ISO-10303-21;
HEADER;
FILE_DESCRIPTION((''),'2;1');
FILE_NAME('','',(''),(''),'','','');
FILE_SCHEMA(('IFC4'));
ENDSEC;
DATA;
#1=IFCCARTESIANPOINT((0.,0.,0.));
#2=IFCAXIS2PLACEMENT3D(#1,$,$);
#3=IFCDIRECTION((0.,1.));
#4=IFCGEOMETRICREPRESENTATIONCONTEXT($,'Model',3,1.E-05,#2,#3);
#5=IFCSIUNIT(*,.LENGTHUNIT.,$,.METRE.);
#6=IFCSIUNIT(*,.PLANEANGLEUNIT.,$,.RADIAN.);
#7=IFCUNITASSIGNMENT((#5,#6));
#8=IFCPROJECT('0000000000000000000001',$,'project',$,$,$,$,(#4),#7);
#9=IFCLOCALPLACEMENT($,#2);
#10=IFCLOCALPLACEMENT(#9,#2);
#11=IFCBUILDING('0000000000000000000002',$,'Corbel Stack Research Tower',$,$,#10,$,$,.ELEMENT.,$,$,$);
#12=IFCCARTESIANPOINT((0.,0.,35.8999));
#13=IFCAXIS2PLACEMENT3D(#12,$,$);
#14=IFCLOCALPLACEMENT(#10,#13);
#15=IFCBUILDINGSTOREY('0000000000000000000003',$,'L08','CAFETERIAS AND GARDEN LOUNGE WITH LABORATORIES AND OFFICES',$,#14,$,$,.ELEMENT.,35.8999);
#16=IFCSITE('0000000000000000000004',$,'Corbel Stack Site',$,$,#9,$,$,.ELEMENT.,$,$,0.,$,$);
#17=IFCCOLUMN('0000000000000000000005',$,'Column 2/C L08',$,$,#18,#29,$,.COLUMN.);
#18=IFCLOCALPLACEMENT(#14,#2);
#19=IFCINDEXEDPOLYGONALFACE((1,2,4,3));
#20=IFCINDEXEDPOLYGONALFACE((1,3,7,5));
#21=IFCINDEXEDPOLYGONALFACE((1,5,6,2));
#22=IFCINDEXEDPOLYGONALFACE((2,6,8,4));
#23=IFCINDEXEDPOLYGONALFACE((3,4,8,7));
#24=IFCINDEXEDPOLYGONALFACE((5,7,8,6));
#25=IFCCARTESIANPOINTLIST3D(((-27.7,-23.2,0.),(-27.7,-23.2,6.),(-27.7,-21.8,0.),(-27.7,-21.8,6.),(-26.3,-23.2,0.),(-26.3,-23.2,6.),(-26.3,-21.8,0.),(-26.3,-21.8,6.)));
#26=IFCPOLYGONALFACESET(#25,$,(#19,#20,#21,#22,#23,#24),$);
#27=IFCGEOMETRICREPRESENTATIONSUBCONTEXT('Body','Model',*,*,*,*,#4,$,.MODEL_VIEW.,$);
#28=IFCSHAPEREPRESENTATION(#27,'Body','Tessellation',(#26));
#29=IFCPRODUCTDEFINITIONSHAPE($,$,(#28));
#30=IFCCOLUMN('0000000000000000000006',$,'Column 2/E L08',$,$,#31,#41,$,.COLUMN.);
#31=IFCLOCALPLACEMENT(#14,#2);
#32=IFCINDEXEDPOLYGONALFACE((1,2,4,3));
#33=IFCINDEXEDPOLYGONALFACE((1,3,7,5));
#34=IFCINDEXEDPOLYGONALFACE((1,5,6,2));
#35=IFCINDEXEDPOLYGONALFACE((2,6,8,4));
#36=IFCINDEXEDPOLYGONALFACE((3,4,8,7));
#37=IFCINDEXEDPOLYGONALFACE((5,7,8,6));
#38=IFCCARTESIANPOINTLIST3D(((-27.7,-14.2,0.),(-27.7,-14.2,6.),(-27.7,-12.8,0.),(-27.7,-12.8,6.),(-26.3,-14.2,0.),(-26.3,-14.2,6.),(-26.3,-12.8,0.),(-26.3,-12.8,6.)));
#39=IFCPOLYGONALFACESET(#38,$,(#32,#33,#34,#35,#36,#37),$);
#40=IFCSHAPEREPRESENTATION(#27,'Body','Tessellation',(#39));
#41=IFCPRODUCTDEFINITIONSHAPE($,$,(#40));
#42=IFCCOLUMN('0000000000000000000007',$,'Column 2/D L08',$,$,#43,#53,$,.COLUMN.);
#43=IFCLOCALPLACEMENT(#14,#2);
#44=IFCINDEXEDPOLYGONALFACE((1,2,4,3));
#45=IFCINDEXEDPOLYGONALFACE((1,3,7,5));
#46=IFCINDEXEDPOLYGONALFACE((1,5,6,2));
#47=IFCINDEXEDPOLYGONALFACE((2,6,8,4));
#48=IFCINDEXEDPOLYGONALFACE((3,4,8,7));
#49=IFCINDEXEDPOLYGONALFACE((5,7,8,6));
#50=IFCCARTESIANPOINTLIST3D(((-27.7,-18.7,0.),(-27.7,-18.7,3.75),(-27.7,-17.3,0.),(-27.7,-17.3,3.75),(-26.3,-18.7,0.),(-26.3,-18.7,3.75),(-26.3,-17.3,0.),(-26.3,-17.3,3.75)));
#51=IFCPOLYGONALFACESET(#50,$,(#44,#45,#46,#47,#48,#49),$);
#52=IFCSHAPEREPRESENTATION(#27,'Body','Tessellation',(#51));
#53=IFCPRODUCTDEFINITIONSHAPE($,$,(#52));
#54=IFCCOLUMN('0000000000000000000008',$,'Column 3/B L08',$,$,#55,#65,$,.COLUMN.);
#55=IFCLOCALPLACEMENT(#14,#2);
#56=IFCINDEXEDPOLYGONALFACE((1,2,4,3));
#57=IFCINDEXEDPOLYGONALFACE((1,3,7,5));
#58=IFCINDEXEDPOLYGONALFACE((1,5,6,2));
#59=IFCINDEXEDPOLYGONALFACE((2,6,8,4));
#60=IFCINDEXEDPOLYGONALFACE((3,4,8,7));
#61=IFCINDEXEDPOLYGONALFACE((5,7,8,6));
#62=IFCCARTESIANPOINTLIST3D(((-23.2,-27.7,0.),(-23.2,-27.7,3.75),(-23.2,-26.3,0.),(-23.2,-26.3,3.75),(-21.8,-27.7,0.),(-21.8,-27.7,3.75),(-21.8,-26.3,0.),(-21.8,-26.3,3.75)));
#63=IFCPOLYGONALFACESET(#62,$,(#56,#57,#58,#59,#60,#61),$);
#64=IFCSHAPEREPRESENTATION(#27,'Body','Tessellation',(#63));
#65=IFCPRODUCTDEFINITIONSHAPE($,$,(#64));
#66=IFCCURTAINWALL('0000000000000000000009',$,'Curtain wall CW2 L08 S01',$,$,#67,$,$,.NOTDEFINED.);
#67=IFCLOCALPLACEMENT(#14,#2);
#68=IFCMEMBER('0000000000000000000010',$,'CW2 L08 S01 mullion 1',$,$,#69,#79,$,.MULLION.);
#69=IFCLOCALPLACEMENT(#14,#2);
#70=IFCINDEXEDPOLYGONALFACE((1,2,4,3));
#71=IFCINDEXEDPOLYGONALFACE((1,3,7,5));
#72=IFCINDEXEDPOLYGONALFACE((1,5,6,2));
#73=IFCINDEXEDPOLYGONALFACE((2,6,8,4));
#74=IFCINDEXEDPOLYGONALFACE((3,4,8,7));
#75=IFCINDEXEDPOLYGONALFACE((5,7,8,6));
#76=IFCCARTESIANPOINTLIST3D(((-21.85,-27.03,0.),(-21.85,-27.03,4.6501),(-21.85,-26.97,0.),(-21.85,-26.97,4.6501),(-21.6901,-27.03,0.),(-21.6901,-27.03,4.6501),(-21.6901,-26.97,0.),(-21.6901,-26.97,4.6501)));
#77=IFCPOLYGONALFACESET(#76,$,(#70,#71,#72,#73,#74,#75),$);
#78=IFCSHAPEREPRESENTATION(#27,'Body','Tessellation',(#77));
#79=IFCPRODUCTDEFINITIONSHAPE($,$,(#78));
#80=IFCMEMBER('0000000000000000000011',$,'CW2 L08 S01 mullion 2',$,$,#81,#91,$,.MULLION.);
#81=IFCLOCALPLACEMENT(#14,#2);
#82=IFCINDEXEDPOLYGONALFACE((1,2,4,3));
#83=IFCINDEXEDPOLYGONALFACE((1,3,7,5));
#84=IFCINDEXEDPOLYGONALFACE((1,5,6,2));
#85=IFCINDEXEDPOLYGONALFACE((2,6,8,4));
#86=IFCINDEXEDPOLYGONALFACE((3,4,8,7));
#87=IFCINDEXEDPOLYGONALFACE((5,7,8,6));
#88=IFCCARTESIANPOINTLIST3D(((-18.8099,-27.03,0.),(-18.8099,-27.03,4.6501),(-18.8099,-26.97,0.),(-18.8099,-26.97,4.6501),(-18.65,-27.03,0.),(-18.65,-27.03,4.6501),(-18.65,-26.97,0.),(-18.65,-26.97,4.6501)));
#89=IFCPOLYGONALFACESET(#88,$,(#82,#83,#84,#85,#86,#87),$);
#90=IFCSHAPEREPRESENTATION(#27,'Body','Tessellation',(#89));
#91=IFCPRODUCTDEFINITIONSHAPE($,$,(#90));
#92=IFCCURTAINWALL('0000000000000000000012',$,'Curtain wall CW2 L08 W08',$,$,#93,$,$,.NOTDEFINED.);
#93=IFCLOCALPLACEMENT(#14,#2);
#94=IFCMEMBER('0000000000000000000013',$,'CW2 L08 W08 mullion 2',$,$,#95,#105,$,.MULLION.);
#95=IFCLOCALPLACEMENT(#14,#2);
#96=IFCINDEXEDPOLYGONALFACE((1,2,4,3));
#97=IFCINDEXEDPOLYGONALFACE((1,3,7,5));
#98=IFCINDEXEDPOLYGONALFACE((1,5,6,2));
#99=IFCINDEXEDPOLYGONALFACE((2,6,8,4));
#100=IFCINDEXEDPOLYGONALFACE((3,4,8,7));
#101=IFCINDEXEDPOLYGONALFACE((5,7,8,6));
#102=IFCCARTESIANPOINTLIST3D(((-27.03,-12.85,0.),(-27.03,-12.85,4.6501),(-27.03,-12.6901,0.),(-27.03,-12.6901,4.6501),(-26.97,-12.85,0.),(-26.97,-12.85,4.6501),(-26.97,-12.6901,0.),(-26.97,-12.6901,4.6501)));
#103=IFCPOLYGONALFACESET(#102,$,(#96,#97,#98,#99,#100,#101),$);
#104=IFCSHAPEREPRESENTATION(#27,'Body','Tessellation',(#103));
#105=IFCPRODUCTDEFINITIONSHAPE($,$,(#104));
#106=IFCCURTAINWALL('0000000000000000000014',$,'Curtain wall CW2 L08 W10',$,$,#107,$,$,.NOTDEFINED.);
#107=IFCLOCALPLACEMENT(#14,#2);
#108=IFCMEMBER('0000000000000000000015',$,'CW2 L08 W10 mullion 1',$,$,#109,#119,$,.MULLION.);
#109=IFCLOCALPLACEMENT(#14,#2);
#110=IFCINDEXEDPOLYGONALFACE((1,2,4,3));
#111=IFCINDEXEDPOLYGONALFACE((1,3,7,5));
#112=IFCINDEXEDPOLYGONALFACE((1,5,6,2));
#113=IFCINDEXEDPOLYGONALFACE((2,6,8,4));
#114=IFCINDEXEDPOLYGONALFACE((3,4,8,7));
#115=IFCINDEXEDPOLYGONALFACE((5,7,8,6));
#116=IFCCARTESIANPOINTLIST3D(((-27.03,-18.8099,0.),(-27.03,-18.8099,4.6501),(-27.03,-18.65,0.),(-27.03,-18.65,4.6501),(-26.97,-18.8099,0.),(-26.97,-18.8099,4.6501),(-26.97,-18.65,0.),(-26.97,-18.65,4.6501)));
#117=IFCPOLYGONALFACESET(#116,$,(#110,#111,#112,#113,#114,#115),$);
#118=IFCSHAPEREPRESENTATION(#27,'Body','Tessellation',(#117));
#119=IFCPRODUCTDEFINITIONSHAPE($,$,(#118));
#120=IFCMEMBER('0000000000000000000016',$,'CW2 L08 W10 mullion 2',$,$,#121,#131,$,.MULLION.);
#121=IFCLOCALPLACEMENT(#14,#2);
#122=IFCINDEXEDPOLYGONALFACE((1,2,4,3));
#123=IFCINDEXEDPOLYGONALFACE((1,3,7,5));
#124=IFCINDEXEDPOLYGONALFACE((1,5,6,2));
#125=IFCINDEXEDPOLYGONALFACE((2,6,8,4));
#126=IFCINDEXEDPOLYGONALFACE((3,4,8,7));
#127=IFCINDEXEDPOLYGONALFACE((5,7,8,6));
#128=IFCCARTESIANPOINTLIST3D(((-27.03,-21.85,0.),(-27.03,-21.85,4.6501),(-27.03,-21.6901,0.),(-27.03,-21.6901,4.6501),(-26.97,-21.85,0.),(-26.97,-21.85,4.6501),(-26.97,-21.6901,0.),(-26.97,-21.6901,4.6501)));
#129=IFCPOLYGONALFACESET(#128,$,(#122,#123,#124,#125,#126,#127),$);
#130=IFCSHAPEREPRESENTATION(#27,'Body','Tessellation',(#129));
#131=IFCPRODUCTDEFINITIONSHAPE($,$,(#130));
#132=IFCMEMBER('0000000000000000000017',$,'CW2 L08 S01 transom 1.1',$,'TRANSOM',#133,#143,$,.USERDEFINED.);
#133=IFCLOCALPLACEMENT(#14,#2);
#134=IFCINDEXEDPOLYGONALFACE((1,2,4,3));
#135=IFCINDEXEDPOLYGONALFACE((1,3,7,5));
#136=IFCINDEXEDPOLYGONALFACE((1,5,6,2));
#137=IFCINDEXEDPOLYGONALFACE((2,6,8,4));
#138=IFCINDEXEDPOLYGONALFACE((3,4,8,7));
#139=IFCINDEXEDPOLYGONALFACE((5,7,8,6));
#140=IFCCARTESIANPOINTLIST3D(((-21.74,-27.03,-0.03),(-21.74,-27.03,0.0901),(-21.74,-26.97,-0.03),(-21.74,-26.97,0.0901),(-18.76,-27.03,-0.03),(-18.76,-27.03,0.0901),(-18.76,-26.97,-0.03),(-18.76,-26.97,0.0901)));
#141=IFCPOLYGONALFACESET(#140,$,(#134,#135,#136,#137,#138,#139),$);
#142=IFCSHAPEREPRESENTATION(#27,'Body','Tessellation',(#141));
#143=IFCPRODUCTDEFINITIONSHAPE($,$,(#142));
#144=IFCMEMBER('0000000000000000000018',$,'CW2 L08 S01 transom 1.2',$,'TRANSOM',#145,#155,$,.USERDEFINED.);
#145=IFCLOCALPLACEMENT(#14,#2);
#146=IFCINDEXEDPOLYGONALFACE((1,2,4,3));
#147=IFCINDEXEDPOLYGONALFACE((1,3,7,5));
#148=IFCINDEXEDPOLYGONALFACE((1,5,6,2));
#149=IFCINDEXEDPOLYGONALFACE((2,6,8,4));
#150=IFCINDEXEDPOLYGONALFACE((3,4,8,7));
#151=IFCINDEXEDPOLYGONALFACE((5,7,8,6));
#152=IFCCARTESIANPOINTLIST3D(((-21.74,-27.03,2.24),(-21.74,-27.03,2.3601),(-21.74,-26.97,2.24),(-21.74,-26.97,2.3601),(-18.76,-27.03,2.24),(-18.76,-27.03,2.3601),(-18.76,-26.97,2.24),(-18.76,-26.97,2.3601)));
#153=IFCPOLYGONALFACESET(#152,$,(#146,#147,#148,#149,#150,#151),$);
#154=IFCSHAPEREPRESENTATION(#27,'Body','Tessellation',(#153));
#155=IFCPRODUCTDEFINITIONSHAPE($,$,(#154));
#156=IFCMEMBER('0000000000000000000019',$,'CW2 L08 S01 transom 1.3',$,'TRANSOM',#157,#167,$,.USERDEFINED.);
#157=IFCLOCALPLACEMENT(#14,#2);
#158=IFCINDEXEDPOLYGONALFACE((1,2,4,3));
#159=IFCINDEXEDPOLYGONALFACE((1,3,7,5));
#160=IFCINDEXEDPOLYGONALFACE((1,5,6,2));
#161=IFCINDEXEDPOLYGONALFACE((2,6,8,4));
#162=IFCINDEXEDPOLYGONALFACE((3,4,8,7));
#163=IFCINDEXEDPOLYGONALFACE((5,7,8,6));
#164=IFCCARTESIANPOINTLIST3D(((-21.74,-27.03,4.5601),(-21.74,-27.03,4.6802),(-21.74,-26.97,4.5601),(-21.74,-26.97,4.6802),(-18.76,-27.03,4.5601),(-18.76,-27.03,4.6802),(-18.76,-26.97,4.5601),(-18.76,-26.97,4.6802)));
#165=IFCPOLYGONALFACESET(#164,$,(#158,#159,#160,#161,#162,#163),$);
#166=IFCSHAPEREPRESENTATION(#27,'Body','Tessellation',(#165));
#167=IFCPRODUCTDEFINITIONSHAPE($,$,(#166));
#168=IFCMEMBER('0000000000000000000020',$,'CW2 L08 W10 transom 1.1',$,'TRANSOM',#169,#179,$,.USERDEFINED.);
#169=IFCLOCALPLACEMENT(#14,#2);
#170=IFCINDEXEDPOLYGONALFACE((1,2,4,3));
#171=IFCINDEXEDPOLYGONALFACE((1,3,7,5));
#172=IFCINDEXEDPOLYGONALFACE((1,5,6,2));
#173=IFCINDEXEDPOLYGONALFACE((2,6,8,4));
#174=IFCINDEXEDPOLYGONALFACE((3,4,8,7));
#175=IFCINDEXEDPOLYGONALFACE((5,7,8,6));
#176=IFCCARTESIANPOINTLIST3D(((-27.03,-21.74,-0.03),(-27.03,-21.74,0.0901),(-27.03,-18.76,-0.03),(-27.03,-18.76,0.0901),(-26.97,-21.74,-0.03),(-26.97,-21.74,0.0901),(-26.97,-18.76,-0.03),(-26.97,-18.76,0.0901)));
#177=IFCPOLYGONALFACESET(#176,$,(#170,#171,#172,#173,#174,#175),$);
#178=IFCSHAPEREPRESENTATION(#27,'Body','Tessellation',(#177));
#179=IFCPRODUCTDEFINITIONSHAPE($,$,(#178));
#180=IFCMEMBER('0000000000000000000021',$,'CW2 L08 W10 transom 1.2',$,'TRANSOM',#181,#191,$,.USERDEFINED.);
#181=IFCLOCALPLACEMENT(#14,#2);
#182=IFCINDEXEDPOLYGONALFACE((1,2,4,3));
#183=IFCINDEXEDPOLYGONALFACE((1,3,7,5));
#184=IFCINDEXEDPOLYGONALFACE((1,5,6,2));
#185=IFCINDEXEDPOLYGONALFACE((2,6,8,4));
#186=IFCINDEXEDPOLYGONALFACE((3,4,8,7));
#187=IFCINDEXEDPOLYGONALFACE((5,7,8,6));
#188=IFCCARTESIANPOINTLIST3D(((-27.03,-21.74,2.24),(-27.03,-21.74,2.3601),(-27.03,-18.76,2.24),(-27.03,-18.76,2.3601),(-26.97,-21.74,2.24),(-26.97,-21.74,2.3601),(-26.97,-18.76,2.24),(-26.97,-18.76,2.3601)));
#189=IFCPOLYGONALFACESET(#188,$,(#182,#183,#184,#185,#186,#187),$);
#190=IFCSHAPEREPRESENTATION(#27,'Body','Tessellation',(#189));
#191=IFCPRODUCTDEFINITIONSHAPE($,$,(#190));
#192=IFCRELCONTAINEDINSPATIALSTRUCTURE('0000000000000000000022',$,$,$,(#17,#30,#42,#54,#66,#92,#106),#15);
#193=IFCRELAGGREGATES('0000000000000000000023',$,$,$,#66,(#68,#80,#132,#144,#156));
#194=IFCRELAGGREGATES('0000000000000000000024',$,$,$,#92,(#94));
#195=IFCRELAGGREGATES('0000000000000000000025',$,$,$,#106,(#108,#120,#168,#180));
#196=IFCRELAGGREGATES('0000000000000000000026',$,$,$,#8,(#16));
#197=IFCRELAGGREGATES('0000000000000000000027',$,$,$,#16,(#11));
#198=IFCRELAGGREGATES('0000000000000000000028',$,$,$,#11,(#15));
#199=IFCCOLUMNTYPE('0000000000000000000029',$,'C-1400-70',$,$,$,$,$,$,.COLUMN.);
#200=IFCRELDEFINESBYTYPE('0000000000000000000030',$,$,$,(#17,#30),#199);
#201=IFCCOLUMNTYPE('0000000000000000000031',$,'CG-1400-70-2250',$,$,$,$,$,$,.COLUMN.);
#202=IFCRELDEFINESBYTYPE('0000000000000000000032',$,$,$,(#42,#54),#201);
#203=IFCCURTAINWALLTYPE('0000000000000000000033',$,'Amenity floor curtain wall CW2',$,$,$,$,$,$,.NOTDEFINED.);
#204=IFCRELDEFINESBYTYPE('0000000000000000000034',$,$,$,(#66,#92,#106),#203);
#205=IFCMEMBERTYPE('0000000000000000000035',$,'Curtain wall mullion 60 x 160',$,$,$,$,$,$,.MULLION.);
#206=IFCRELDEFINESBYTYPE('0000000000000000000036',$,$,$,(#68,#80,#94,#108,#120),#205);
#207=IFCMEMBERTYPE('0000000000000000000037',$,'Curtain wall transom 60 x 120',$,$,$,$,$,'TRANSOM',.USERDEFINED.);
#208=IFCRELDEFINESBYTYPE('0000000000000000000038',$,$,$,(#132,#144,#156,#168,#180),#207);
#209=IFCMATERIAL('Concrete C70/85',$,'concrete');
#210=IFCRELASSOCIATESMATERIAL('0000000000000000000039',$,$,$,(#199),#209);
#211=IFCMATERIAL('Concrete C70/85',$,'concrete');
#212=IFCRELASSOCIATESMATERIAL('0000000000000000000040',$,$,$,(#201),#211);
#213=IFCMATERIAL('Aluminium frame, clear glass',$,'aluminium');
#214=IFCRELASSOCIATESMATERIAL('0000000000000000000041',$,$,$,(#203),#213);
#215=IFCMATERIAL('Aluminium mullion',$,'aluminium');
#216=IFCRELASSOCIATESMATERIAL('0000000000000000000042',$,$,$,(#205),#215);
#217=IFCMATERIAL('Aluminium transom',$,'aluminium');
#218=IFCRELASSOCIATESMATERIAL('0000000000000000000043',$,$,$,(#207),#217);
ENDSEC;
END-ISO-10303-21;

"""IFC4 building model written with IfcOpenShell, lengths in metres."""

from ifc_helpers import new_model, si_unit, direction, frame, origin, origin_2d, place, context, subcontext, project, spatial, rectangle, extrude, material, material_profile, profile_set, type_object, element, aggregate, save


model = new_model("IFC4")

# Units and contexts
model_context = context("Model", 3, precision=1e-05, world=origin(), true_north=direction((0.0, 1.0)))
body_context = subcontext(model_context, "Body", "Model", "MODEL_VIEW")
ifc_project = project(units=[si_unit("LENGTHUNIT", "METRE"), si_unit("PLANEANGLEUNIT", "RADIAN")], contexts=[model_context])

# Site, building, storey
site_placement = place(None, origin())
site = spatial("IfcSite", under=ifc_project, at=site_placement, Name="Corbel Stack Site", CompositionType="ELEMENT", RefElevation=0.0)
building_placement = place(site_placement, origin())
building = spatial("IfcBuilding", under=site, at=building_placement, Name="Corbel Stack Research Tower", CompositionType="ELEMENT")
storey_placement = place(building_placement, frame((0.0, 0.0, 35.8999)))
storey = spatial("IfcBuildingStorey", under=building, at=storey_placement, Name="L08", Description="CAFETERIAS AND GARDEN LOUNGE WITH LABORATORIES AND OFFICES", CompositionType="ELEMENT", Elevation=35.8999)

# Columns
ifc_material_1 = material(Name="Concrete C70/85", Category="concrete")
ifc_material_profile_1 = material_profile(ifc_material_1, rectangle(XDim=1.3999, YDim=1.3999, at=origin_2d()), Name="RC 1400 x 1400")
ifc_profile_set_1 = profile_set([ifc_material_profile_1], Name="Concrete C70/85")
column_type_1 = type_object("IfcColumnType", Name="C-1400-70", PredefinedType="COLUMN", material=ifc_profile_set_1)
for number, where, z_axis, x_axis, name in (
    (1, (-27.0, -22.5, 0.0), (0.0, 0.0, 1.0), (1.0, 0.0, 0.0), "Column 2/C L08"),
    (2, (-27.0, -13.5, 0.0), (0.0, 0.0, 1.0), (1.0, 0.0, 0.0), "Column 2/E L08"),
):
    element("IfcColumn", number, at=place(storey_placement, frame(where, z_axis=z_axis, x_axis=x_axis)), inside=storey, type_object=column_type_1, Name=name, PredefinedType="COLUMN", context=body_context, shape_type="SweptSolid", body=[
        extrude(rectangle(XDim=1.3999, YDim=1.3999, at=origin_2d()), origin(), (0.0, 0.0, 1.0), 6.0),
    ])
ifc_material_2 = material(Name="Concrete C70/85", Category="concrete")
ifc_material_profile_2 = material_profile(ifc_material_2, rectangle(XDim=1.3999, YDim=1.3999, at=origin_2d()), Name="RC 1400 x 1400")
ifc_profile_set_2 = profile_set([ifc_material_profile_2], Name="Concrete C70/85")
column_type_2 = type_object("IfcColumnType", Name="CG-1400-70-2250", PredefinedType="COLUMN", material=ifc_profile_set_2)
for number, where, z_axis, x_axis, name in (
    (3, (-27.0, -18.0, 0.0), (0.0, 0.0, 1.0), (1.0, 0.0, 0.0), "Column 2/D L08"),
    (4, (-22.5, -27.0, 0.0), (0.0, 0.0, 1.0), (1.0, 0.0, 0.0), "Column 3/B L08"),
):
    element("IfcColumn", number, at=place(storey_placement, frame(where, z_axis=z_axis, x_axis=x_axis)), inside=storey, type_object=column_type_2, Name=name, PredefinedType="COLUMN", context=body_context, shape_type="SweptSolid", body=[
        extrude(rectangle(XDim=1.3999, YDim=1.3999, at=origin_2d()), origin(), (0.0, 0.0, 1.0), 3.75),
    ])

# Curtain wall, members
ifc_material_3 = material(Name="Aluminium frame, clear glass", Category="aluminium")
curtain_wall_type = type_object("IfcCurtainWallType", Name="Amenity floor curtain wall CW2", PredefinedType="NOTDEFINED", material=ifc_material_3)
curtain_wall_1_placement = place(storey_placement, origin())
curtain_wall_1 = element("IfcCurtainWall", 5, at=curtain_wall_1_placement, inside=storey, type_object=curtain_wall_type, Name="Curtain wall CW2 L08 S01", PredefinedType="NOTDEFINED")
ifc_material_4 = material(Name="Aluminium mullion", Category="aluminium")
ifc_material_profile_3 = material_profile(ifc_material_4, rectangle(XDim=0.0601, YDim=0.1599, at=origin_2d()), Name="Mullion 60 x 160")
ifc_profile_set_3 = profile_set([ifc_material_profile_3], Name="Aluminium mullion")
member_type_1 = type_object("IfcMemberType", Name="Curtain wall mullion 60 x 160", PredefinedType="MULLION", material=ifc_profile_set_3)
member_1_placement = place(storey_placement, frame((-21.77, -27.0, 0.0), z_axis=(0.0, 0.0, 1.0), x_axis=(0.0, 1.0, 0.0)))
member_1 = element("IfcMember", 6, at=member_1_placement, type_object=member_type_1, Name="CW2 L08 S01 mullion 1", PredefinedType="MULLION", context=body_context, shape_type="SweptSolid", body=[
    extrude(rectangle(XDim=0.0601, YDim=0.1599, at=origin_2d()), origin(), (0.0, 0.0, 1.0), 4.6501),
])
member_2_placement = place(storey_placement, frame((-18.73, -27.0, 0.0), z_axis=(0.0, 0.0, 1.0), x_axis=(0.0, 1.0, 0.0)))
member_2 = element("IfcMember", 7, at=member_2_placement, type_object=member_type_1, Name="CW2 L08 S01 mullion 2", PredefinedType="MULLION", context=body_context, shape_type="SweptSolid", body=[
    extrude(rectangle(XDim=0.0601, YDim=0.1599, at=origin_2d()), origin(), (0.0, 0.0, 1.0), 4.6501),
])

# Curtain wall, member
curtain_wall_2_placement = place(storey_placement, origin())
curtain_wall_2 = element("IfcCurtainWall", 8, at=curtain_wall_2_placement, inside=storey, type_object=curtain_wall_type, Name="Curtain wall CW2 L08 W08", PredefinedType="NOTDEFINED")
member_3_placement = place(storey_placement, frame((-27.0, -12.77, 0.0), z_axis=(0.0, 0.0, 1.0), x_axis=(1.0, 0.0, 0.0)))
member_3 = element("IfcMember", 9, at=member_3_placement, type_object=member_type_1, Name="CW2 L08 W08 mullion 2", PredefinedType="MULLION", context=body_context, shape_type="SweptSolid", body=[
    extrude(rectangle(XDim=0.0601, YDim=0.1599, at=origin_2d()), origin(), (0.0, 0.0, 1.0), 4.6501),
])

# Curtain wall, members
curtain_wall_3_placement = place(storey_placement, origin())
curtain_wall_3 = element("IfcCurtainWall", 10, at=curtain_wall_3_placement, inside=storey, type_object=curtain_wall_type, Name="Curtain wall CW2 L08 W10", PredefinedType="NOTDEFINED")
member_4_placement = place(storey_placement, frame((-27.0, -18.73, 0.0), z_axis=(0.0, 0.0, 1.0), x_axis=(1.0, 0.0, 0.0)))
member_4 = element("IfcMember", 11, at=member_4_placement, type_object=member_type_1, Name="CW2 L08 W10 mullion 1", PredefinedType="MULLION", context=body_context, shape_type="SweptSolid", body=[
    extrude(rectangle(XDim=0.0601, YDim=0.1599, at=origin_2d()), origin(), (0.0, 0.0, 1.0), 4.6501),
])
member_5_placement = place(storey_placement, frame((-27.0, -21.77, 0.0), z_axis=(0.0, 0.0, 1.0), x_axis=(1.0, 0.0, 0.0)))
member_5 = element("IfcMember", 12, at=member_5_placement, type_object=member_type_1, Name="CW2 L08 W10 mullion 2", PredefinedType="MULLION", context=body_context, shape_type="SweptSolid", body=[
    extrude(rectangle(XDim=0.0601, YDim=0.1599, at=origin_2d()), origin(), (0.0, 0.0, 1.0), 4.6501),
])

# Members
ifc_material_5 = material(Name="Aluminium transom", Category="aluminium")
ifc_material_profile_4 = material_profile(ifc_material_5, rectangle(XDim=0.0601, YDim=0.1201, at=origin_2d()), Name="Transom 60 x 120")
ifc_profile_set_4 = profile_set([ifc_material_profile_4], Name="Aluminium transom")
member_type_2 = type_object("IfcMemberType", Name="Curtain wall transom 60 x 120", ElementType="TRANSOM", PredefinedType="USERDEFINED", material=ifc_profile_set_4)
member_6_placement = place(storey_placement, frame((-21.74, -27.0, 0.03), z_axis=(1.0, 0.0, 0.0), x_axis=(0.0, 1.0, 0.0)))
member_6 = element("IfcMember", 13, at=member_6_placement, type_object=member_type_2, Name="CW2 L08 S01 transom 1.1", ObjectType="TRANSOM", PredefinedType="USERDEFINED", context=body_context, shape_type="SweptSolid", body=[
    extrude(rectangle(XDim=0.0601, YDim=0.1201, at=origin_2d()), origin(), (0.0, 0.0, 1.0), 2.98),
])
member_7_placement = place(storey_placement, frame((-21.74, -27.0, 2.3), z_axis=(1.0, 0.0, 0.0), x_axis=(0.0, 1.0, 0.0)))
member_7 = element("IfcMember", 14, at=member_7_placement, type_object=member_type_2, Name="CW2 L08 S01 transom 1.2", ObjectType="TRANSOM", PredefinedType="USERDEFINED", context=body_context, shape_type="SweptSolid", body=[
    extrude(rectangle(XDim=0.0601, YDim=0.1201, at=origin_2d()), origin(), (0.0, 0.0, 1.0), 2.98),
])
member_8_placement = place(storey_placement, frame((-21.74, -27.0, 4.6201), z_axis=(1.0, 0.0, 0.0), x_axis=(0.0, 1.0, 0.0)))
member_8 = element("IfcMember", 15, at=member_8_placement, type_object=member_type_2, Name="CW2 L08 S01 transom 1.3", ObjectType="TRANSOM", PredefinedType="USERDEFINED", context=body_context, shape_type="SweptSolid", body=[
    extrude(rectangle(XDim=0.0601, YDim=0.1201, at=origin_2d()), origin(), (0.0, 0.0, 1.0), 2.98),
])
member_9_placement = place(storey_placement, frame((-27.0, -18.76, 0.03), z_axis=(0.0, -1.0, 0.0), x_axis=(1.0, 0.0, 0.0)))
member_9 = element("IfcMember", 16, at=member_9_placement, type_object=member_type_2, Name="CW2 L08 W10 transom 1.1", ObjectType="TRANSOM", PredefinedType="USERDEFINED", context=body_context, shape_type="SweptSolid", body=[
    extrude(rectangle(XDim=0.0601, YDim=0.1201, at=origin_2d()), origin(), (0.0, 0.0, 1.0), 2.98),
])
member_10_placement = place(storey_placement, frame((-27.0, -18.76, 2.3), z_axis=(0.0, -1.0, 0.0), x_axis=(1.0, 0.0, 0.0)))
member_10 = element("IfcMember", 17, at=member_10_placement, type_object=member_type_2, Name="CW2 L08 W10 transom 1.2", ObjectType="TRANSOM", PredefinedType="USERDEFINED", context=body_context, shape_type="SweptSolid", body=[
    extrude(rectangle(XDim=0.0601, YDim=0.1201, at=origin_2d()), origin(), (0.0, 0.0, 1.0), 2.98),
])

aggregate(curtain_wall_1, [member_1, member_2, member_6, member_7, member_8])
aggregate(curtain_wall_2, [member_3])
aggregate(curtain_wall_3, [member_4, member_5, member_9, member_10])

save(model, "model.ifc")
